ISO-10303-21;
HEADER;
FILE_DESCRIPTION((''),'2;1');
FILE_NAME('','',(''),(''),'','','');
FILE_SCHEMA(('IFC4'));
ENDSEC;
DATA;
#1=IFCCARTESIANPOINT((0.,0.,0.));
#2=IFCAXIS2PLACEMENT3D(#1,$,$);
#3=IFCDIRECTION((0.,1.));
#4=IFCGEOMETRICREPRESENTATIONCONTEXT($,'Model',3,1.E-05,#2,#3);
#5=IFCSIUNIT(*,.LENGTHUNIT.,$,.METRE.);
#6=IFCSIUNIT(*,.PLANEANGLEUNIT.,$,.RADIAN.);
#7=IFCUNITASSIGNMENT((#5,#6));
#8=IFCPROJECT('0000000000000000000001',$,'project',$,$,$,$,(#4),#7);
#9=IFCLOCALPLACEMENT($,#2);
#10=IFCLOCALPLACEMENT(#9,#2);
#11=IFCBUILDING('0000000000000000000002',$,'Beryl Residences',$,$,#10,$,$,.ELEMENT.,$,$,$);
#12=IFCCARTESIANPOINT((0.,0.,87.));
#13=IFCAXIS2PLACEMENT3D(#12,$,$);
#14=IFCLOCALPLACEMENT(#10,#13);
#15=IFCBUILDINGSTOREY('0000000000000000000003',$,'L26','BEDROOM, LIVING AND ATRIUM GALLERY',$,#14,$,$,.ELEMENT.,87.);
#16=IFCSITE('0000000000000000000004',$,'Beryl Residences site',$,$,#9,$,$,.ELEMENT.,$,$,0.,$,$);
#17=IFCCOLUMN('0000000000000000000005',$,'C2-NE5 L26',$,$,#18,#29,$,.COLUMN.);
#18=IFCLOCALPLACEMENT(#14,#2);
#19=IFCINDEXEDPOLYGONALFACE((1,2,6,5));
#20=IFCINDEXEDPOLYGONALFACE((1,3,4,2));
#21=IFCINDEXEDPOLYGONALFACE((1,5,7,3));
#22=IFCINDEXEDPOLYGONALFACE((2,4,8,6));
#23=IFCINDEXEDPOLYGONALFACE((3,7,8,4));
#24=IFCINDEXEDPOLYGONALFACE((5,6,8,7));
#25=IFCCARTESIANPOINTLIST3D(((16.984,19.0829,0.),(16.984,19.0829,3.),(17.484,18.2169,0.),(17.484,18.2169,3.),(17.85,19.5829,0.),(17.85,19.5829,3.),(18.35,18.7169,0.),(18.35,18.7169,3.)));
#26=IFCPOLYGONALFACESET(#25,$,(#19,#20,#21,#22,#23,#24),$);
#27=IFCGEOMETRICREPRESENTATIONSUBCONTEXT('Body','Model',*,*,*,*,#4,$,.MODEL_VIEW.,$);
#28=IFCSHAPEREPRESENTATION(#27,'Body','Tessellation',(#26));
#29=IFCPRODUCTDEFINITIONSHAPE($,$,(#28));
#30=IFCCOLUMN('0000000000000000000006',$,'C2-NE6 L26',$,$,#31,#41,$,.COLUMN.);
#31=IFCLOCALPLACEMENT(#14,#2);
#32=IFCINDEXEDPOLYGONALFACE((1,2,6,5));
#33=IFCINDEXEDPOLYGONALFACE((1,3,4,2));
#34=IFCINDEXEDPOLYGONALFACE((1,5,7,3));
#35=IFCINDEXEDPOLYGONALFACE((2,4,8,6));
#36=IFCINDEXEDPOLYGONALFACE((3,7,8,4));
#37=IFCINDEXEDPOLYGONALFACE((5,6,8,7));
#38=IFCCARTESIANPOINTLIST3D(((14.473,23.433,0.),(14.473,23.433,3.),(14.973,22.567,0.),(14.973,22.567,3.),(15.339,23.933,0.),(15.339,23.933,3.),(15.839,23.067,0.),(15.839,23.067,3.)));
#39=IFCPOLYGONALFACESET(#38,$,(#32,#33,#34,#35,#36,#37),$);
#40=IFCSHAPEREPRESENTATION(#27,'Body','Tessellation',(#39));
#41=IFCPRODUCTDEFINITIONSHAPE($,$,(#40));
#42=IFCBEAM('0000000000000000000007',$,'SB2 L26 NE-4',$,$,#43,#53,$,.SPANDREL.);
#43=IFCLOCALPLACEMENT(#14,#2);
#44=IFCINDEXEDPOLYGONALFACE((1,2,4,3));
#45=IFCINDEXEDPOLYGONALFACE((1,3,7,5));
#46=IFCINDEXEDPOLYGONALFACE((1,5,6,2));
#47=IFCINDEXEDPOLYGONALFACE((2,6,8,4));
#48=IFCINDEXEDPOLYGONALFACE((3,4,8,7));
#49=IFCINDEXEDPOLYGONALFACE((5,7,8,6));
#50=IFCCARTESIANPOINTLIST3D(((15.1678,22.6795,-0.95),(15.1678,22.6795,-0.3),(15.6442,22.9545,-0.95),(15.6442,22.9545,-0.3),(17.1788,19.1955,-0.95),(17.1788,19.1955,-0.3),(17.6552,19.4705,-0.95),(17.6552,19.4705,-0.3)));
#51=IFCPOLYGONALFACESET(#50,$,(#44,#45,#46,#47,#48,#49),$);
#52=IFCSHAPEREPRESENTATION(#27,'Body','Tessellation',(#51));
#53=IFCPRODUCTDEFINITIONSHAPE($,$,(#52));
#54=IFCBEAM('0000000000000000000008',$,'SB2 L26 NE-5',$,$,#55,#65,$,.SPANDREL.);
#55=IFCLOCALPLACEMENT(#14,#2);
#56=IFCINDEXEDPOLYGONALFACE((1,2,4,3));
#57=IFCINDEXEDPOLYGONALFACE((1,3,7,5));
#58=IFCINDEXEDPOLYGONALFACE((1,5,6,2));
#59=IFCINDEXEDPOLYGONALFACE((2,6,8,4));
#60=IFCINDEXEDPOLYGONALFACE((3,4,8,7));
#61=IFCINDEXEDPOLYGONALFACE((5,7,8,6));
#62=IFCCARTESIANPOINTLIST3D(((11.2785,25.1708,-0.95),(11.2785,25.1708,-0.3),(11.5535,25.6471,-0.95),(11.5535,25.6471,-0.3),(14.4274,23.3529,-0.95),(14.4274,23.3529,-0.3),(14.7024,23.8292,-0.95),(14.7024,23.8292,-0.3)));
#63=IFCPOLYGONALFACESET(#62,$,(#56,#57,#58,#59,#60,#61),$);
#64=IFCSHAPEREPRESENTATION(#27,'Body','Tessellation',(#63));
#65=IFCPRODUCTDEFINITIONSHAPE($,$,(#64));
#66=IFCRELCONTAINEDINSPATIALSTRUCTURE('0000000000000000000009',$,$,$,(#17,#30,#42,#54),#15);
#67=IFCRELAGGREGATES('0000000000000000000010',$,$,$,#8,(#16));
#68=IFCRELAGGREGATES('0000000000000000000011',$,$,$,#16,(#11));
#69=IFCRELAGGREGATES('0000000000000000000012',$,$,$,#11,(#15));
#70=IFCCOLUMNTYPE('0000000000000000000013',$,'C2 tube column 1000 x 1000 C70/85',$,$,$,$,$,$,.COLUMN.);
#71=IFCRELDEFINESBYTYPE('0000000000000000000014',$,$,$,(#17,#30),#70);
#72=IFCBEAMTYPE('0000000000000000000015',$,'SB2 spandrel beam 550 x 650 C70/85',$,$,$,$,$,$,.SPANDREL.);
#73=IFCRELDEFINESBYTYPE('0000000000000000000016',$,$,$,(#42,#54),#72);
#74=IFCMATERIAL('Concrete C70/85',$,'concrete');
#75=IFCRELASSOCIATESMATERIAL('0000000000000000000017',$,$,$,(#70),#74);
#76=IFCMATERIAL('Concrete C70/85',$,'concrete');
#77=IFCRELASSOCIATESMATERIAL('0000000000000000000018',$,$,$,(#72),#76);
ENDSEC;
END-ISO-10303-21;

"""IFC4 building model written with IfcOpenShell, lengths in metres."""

from ifc_helpers import new_model, si_unit, direction, frame, origin, origin_2d, place, context, subcontext, project, spatial, rectangle, extrude, material, material_profile, profile_set, type_object, element, save


model = new_model("IFC4")

# Units and contexts
model_context = context("Model", 3, precision=1e-05, world=origin(), true_north=direction((0.0, 1.0)))
body_context = subcontext(model_context, "Body", "Model", "MODEL_VIEW")
ifc_project = project(units=[si_unit("LENGTHUNIT", "METRE"), si_unit("PLANEANGLEUNIT", "RADIAN")], contexts=[model_context])

# Site, building, storey
site_placement = place(None, origin())
site = spatial("IfcSite", under=ifc_project, at=site_placement, Name="Beryl Residences site", CompositionType="ELEMENT", RefElevation=0.0)
building_placement = place(site_placement, origin())
building = spatial("IfcBuilding", under=site, at=building_placement, Name="Beryl Residences", CompositionType="ELEMENT")
storey_placement = place(building_placement, frame((0.0, 0.0, 87.0)))
storey = spatial("IfcBuildingStorey", under=building, at=storey_placement, Name="L26", Description="BEDROOM, LIVING AND ATRIUM GALLERY", CompositionType="ELEMENT", Elevation=87.0)

# Columns
ifc_material_1 = material(Name="Concrete C70/85", Category="concrete")
ifc_material_profile_1 = material_profile(ifc_material_1, rectangle(XDim=1.0, YDim=1.0, at=origin_2d()))
ifc_profile_set_1 = profile_set([ifc_material_profile_1], Name="Concrete C70/85")
column_type = type_object("IfcColumnType", Name="C2 tube column 1000 x 1000 C70/85", PredefinedType="COLUMN", material=ifc_profile_set_1)
for number, where, z_axis, x_axis, name in (
    (1, (17.667, 18.8999, 0.0), (0.0, 0.0, 1.0), (-0.5, 0.866025, 0.0), "C2-NE5 L26"),
    (2, (15.156, 23.25, 0.0), (0.0, 0.0, 1.0), (-0.5, 0.866025, 0.0), "C2-NE6 L26"),
):
    element("IfcColumn", number, at=place(storey_placement, frame(where, z_axis=z_axis, x_axis=x_axis)), inside=storey, type_object=column_type, Name=name, PredefinedType="COLUMN", context=body_context, shape_type="SweptSolid", body=[
        extrude(rectangle(XDim=1.0, YDim=1.0, at=origin_2d()), origin(), (0.0, 0.0, 1.0), 3.0),
    ])

# Beams
ifc_material_2 = material(Name="Concrete C70/85", Category="concrete")
ifc_material_profile_2 = material_profile(ifc_material_2, rectangle(XDim=0.55, YDim=0.6499, at=origin_2d()))
ifc_profile_set_2 = profile_set([ifc_material_profile_2], Name="Concrete C70/85")
beam_type = type_object("IfcBeamType", Name="SB2 spandrel beam 550 x 650 C70/85", PredefinedType="SPANDREL", material=ifc_profile_set_2)
beam_1_placement = place(storey_placement, frame((17.417, 19.333, -0.625), z_axis=(-0.499919, 0.866072, 0.0), x_axis=(-0.866072, -0.499919, 0.0)))
element("IfcBeam", 3, at=beam_1_placement, inside=storey, type_object=beam_type, Name="SB2 L26 NE-4", PredefinedType="SPANDREL", context=body_context, shape_type="SweptSolid", body=[
    extrude(rectangle(XDim=0.55, YDim=0.6499, at=origin_2d()), origin(), (0.0, 0.0, 1.0), 4.0227),
])
beam_2_placement = place(storey_placement, frame((14.5649, 23.5911, -0.625), z_axis=(-0.866045, 0.499967, 0.0), x_axis=(-0.499967, -0.866045, 0.0)))
element("IfcBeam", 4, at=beam_2_placement, inside=storey, type_object=beam_type, Name="SB2 L26 NE-5", PredefinedType="SPANDREL", context=body_context, shape_type="SweptSolid", body=[
    extrude(rectangle(XDim=0.55, YDim=0.6499, at=origin_2d()), origin(), (0.0, 0.0, 1.0), 3.636),
])

save(model, "model.ifc")
